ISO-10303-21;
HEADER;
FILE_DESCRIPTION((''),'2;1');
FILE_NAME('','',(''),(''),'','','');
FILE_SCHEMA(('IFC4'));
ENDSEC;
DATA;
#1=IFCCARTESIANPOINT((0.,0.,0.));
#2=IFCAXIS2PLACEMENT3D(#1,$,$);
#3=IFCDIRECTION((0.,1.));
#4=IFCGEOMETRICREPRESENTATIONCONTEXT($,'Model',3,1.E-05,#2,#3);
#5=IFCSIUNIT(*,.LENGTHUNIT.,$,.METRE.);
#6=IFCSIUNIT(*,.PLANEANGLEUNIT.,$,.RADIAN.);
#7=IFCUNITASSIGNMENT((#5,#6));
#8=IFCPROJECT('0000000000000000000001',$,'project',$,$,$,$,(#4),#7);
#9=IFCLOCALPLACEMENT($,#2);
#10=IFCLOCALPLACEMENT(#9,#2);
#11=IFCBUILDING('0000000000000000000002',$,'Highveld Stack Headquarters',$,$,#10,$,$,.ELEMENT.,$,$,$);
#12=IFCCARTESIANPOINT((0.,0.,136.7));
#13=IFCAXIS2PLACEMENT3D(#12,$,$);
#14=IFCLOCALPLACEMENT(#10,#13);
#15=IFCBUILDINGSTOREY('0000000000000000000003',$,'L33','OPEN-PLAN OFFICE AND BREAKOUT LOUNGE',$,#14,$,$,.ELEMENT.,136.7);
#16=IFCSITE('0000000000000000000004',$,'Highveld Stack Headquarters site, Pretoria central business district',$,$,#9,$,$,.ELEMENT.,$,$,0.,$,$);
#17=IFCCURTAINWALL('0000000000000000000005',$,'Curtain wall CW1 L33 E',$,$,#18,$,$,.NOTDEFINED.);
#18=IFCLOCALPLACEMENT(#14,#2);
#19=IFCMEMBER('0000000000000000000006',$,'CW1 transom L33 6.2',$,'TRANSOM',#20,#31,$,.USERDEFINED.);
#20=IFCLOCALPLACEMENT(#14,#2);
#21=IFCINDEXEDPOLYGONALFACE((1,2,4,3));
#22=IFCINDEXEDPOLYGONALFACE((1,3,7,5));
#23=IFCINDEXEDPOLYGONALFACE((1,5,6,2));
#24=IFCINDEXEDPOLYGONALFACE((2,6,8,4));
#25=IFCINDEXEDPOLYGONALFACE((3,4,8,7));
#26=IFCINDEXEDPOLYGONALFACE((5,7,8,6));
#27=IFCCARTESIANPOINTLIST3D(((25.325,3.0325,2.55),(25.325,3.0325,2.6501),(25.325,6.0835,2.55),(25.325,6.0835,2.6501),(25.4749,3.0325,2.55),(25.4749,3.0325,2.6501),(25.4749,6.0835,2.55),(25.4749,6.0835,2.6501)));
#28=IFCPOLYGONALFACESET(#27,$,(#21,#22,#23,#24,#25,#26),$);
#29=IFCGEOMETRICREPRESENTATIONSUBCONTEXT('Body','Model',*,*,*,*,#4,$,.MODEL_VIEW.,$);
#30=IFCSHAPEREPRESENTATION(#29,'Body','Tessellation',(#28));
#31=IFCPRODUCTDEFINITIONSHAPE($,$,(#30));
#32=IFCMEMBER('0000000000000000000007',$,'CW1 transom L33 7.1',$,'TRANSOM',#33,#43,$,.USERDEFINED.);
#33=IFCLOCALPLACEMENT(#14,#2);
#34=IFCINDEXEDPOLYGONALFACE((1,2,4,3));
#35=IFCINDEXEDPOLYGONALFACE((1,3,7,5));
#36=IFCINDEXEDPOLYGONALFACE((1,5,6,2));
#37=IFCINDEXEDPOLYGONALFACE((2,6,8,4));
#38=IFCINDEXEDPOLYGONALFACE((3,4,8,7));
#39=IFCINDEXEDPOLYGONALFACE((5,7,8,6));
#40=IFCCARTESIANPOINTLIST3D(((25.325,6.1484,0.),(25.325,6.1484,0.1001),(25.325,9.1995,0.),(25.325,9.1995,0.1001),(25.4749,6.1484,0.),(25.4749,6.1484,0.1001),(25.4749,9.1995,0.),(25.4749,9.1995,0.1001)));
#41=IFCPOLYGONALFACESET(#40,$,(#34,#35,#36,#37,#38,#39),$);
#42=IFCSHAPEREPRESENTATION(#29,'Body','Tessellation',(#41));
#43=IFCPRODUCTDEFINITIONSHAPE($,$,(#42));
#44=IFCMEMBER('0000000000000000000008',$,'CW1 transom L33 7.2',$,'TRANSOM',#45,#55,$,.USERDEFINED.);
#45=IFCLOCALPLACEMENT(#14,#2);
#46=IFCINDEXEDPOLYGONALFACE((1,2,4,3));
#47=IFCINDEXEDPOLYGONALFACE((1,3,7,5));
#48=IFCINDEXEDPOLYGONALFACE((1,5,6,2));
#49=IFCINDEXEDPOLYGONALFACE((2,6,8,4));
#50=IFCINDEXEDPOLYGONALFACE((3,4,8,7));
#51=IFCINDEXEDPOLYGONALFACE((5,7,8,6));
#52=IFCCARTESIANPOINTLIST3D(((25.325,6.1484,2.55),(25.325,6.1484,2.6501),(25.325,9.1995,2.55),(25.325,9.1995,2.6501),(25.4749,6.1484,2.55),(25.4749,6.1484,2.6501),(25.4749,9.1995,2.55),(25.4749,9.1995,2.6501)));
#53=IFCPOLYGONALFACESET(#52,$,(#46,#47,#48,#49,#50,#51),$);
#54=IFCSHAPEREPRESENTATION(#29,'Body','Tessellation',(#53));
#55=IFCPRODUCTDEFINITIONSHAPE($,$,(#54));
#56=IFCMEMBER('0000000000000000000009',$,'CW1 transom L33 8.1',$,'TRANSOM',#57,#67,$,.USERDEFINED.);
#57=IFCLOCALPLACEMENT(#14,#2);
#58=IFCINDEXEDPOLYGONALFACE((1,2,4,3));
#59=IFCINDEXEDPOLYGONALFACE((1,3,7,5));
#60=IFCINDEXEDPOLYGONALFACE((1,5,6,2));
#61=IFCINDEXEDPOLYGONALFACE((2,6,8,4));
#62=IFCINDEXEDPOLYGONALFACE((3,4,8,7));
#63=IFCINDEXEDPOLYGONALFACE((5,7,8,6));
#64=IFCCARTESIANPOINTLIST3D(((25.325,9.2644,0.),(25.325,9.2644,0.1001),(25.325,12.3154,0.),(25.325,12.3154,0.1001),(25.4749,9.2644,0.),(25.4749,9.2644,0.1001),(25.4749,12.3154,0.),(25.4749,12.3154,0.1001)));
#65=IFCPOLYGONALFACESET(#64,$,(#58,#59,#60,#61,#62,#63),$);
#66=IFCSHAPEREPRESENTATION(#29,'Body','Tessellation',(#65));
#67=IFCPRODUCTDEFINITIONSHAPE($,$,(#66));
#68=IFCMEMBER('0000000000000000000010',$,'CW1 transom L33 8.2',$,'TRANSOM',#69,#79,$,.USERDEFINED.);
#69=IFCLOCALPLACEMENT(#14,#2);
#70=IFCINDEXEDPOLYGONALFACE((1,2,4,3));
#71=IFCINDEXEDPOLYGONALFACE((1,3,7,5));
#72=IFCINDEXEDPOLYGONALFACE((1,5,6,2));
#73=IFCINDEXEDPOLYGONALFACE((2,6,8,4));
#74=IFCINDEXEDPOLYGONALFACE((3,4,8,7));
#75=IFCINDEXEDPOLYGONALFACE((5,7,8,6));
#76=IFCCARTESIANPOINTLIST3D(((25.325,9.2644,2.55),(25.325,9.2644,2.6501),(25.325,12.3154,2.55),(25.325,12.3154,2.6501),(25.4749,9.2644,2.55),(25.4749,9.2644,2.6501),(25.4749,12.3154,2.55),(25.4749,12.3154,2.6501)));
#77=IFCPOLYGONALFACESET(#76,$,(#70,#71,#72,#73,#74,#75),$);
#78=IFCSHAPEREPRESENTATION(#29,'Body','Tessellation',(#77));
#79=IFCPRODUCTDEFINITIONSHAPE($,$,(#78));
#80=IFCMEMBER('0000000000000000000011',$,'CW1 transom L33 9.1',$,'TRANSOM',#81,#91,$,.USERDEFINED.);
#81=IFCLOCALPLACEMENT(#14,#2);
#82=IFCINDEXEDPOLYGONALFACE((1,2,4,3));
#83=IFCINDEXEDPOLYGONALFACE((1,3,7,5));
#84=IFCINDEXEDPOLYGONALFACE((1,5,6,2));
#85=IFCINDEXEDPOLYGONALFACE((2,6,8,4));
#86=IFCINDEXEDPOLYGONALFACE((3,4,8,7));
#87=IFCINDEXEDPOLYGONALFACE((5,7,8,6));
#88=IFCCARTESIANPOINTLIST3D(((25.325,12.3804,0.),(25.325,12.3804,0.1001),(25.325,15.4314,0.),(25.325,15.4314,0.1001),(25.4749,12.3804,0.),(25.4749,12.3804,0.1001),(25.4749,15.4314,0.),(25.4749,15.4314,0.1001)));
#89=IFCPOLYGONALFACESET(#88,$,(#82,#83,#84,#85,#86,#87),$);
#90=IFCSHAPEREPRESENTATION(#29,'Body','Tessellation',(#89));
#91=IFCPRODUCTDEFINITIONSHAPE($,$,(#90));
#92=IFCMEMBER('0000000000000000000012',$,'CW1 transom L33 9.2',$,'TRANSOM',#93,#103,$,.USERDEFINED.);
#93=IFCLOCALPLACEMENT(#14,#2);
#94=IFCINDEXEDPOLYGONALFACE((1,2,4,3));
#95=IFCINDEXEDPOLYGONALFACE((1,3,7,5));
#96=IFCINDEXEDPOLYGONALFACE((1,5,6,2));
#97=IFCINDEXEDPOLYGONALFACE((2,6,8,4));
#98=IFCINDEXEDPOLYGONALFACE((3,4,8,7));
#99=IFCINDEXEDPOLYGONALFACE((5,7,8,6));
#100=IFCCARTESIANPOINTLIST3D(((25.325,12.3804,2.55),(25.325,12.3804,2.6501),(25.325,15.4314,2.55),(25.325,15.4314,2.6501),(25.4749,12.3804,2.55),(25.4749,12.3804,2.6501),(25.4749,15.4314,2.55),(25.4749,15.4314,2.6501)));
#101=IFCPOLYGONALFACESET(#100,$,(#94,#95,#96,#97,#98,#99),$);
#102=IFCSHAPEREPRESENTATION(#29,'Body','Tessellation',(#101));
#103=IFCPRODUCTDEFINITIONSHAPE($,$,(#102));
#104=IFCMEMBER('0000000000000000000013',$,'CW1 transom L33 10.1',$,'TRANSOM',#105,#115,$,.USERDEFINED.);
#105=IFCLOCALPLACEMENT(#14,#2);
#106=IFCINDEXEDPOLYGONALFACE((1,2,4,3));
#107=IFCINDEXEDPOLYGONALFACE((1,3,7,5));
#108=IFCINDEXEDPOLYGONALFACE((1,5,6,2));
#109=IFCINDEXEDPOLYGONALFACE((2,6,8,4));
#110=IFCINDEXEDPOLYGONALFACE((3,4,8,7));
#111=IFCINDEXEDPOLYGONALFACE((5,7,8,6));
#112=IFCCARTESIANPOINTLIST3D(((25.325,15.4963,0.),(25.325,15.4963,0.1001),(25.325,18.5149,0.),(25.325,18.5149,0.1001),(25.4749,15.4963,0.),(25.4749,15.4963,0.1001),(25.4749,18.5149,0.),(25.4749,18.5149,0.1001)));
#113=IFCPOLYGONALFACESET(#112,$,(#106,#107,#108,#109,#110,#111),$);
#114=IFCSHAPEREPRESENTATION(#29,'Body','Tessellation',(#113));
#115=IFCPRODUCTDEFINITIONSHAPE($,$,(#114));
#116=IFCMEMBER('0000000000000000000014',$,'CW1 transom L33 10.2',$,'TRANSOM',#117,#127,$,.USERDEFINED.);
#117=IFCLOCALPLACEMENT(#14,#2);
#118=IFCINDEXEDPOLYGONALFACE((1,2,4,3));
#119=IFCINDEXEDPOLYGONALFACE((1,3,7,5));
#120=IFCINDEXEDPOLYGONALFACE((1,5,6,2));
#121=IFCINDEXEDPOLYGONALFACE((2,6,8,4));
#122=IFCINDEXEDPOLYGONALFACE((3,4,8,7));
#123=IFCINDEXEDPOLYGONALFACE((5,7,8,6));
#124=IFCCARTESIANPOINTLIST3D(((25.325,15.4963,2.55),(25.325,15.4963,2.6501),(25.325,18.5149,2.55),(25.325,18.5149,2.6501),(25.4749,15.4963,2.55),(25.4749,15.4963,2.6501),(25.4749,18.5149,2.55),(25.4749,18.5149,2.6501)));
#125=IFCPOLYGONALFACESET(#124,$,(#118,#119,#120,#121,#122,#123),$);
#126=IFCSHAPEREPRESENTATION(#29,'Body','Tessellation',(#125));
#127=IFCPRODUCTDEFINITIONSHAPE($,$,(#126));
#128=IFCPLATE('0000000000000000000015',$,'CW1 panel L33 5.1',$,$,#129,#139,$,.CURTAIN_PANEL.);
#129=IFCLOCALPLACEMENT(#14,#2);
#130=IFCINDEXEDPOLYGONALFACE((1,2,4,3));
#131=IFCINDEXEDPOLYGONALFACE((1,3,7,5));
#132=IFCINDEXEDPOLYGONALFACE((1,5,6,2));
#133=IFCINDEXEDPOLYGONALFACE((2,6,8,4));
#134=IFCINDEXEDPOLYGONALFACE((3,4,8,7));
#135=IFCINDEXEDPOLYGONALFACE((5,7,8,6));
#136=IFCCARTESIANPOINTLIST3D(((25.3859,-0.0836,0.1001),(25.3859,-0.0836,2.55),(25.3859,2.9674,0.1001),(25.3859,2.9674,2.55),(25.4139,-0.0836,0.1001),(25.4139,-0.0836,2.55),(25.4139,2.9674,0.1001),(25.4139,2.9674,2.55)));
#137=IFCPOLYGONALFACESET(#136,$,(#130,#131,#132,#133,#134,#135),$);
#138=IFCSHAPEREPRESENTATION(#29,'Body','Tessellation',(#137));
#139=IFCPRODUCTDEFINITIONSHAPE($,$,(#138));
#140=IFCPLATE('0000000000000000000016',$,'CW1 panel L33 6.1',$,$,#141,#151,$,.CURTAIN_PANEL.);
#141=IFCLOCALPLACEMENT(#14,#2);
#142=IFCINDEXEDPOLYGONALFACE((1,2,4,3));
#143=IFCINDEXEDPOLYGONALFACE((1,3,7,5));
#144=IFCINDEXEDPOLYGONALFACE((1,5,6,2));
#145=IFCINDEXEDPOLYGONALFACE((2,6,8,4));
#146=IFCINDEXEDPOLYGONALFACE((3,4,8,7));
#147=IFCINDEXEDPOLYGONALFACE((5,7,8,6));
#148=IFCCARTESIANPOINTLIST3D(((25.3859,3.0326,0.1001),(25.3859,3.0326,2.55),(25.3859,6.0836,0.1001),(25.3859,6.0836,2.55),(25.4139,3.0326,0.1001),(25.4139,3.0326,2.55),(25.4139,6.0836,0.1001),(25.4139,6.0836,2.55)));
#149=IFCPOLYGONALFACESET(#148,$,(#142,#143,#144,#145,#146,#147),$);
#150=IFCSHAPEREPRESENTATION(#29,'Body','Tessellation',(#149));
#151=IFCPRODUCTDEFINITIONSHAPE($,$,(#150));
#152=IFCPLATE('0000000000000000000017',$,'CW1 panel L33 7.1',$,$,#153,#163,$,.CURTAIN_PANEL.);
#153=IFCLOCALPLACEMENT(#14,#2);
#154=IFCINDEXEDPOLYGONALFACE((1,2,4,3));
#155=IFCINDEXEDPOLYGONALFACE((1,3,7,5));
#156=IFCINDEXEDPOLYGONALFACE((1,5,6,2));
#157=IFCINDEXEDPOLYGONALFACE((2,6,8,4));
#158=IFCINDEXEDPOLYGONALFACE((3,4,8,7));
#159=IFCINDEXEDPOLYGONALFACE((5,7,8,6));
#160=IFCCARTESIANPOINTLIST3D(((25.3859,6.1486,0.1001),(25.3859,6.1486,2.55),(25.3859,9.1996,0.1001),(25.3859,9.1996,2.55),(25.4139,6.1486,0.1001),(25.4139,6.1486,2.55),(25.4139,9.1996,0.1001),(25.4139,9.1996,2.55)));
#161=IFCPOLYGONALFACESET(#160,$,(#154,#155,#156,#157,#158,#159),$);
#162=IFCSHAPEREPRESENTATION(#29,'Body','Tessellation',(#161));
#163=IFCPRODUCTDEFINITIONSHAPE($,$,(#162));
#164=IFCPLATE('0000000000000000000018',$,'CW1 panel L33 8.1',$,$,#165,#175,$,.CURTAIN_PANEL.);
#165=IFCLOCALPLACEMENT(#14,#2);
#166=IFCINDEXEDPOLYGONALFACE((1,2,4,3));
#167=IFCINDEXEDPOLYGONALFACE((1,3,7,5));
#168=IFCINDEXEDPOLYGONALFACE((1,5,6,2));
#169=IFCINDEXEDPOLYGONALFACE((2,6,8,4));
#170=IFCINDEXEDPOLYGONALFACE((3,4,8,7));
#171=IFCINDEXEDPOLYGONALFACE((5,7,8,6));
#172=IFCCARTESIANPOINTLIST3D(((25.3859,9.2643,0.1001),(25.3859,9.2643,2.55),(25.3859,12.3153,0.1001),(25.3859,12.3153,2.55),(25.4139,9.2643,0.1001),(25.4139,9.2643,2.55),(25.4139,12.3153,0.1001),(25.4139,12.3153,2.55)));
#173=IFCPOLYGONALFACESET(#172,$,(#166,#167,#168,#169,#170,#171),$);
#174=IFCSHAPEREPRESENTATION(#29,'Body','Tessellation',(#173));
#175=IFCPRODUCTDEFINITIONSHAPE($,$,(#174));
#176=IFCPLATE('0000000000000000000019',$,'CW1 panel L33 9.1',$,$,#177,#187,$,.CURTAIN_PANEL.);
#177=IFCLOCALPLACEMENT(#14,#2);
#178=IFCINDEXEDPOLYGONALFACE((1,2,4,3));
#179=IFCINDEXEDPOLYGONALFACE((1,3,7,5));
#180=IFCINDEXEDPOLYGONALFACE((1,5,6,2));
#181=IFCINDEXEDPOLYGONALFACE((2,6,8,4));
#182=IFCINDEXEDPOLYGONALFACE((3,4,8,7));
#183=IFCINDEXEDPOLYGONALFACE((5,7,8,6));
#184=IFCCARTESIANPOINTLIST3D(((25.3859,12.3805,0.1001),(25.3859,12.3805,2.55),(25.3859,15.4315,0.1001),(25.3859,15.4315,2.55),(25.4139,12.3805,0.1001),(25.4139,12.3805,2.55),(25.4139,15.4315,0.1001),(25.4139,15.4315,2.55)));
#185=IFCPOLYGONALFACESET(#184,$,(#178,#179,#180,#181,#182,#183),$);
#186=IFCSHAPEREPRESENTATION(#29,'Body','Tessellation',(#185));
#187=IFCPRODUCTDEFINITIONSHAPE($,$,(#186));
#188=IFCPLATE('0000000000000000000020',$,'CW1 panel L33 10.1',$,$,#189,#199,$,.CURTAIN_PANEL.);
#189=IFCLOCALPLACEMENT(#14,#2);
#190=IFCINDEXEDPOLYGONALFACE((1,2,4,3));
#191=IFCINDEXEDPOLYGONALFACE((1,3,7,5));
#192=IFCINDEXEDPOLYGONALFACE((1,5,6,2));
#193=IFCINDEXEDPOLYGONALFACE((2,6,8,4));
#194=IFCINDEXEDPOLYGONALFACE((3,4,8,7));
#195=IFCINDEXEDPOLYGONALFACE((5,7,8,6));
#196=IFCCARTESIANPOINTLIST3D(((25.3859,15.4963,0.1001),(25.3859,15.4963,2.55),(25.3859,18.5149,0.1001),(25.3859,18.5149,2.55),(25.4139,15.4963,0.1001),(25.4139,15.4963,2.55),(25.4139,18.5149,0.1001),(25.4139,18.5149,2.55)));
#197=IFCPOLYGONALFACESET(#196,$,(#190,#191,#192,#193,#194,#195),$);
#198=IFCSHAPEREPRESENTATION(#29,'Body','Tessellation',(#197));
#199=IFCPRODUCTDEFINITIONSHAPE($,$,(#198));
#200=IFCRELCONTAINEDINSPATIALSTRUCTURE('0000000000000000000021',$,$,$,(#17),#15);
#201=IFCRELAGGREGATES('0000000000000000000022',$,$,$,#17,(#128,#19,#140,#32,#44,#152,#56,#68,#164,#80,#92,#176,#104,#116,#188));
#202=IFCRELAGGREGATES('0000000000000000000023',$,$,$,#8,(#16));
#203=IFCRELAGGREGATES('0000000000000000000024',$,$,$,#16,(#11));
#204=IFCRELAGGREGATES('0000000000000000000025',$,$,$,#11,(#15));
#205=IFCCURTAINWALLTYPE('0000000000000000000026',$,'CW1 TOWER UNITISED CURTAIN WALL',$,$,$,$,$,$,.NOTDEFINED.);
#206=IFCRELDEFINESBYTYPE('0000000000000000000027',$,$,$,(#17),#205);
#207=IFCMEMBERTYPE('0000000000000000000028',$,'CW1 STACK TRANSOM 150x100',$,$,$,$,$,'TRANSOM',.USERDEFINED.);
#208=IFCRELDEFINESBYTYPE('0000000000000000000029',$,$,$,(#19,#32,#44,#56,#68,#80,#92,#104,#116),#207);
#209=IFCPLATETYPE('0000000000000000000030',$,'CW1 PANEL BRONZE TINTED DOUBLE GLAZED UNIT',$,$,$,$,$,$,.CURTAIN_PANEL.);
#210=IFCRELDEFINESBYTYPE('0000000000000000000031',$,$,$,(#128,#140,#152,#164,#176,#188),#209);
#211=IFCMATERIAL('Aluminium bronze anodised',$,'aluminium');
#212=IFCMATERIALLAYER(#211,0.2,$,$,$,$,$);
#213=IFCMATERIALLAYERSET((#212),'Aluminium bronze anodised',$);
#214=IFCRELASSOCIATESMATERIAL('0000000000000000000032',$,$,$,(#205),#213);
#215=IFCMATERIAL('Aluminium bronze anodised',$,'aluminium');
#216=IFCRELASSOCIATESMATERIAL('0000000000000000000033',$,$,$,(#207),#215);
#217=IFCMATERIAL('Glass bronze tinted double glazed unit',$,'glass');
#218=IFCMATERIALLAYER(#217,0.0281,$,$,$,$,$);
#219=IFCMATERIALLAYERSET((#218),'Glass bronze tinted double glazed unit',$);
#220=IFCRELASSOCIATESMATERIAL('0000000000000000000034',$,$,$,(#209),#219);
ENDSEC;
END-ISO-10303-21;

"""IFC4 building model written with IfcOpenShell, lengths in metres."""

from ifc_helpers import new_model, si_unit, direction, frame, origin, origin_2d, place, context, subcontext, project, spatial, rectangle, extrude, material, layer, layer_set, material_profile, profile_set, type_object, element, aggregate, save


model = new_model("IFC4")

# Units and contexts
model_context = context("Model", 3, precision=1e-05, world=origin(), true_north=direction((0.0, 1.0)))
body_context = subcontext(model_context, "Body", "Model", "MODEL_VIEW")
ifc_project = project(units=[si_unit("LENGTHUNIT", "METRE"), si_unit("PLANEANGLEUNIT", "RADIAN")], contexts=[model_context])

# Site, building, storey
site_placement = place(None, origin())
site = spatial("IfcSite", under=ifc_project, at=site_placement, Name="Highveld Stack Headquarters site, Pretoria central business district", CompositionType="ELEMENT", RefElevation=0.0)
building_placement = place(site_placement, origin())
building = spatial("IfcBuilding", under=site, at=building_placement, Name="Highveld Stack Headquarters", CompositionType="ELEMENT")
storey_placement = place(building_placement, frame((0.0, 0.0, 136.7)))
storey = spatial("IfcBuildingStorey", under=building, at=storey_placement, Name="L33", Description="OPEN-PLAN OFFICE AND BREAKOUT LOUNGE", CompositionType="ELEMENT", Elevation=136.7)

# Curtain wall, members, plates
ifc_material_1 = material(Name="Aluminium bronze anodised", Category="aluminium")
ifc_layer_1 = layer(ifc_material_1, 0.2)
ifc_layer_set_1 = layer_set([ifc_layer_1], Name="Aluminium bronze anodised")
curtain_wall_type = type_object("IfcCurtainWallType", Name="CW1 TOWER UNITISED CURTAIN WALL", PredefinedType="NOTDEFINED", material=ifc_layer_set_1)
curtain_wall_placement = place(storey_placement, origin())
curtain_wall = element("IfcCurtainWall", 1, at=curtain_wall_placement, inside=storey, type_object=curtain_wall_type, Name="Curtain wall CW1 L33 E", PredefinedType="NOTDEFINED")
ifc_material_2 = material(Name="Aluminium bronze anodised", Category="aluminium")
ifc_material_profile_1 = material_profile(ifc_material_2, rectangle(XDim=0.1499, YDim=0.1001, at=origin_2d()), Name="CW1 TRANSOM 150x100")
ifc_profile_set_1 = profile_set([ifc_material_profile_1], Name="Aluminium bronze anodised")
member_type_1 = type_object("IfcMemberType", Name="CW1 STACK TRANSOM 150x100", ElementType="TRANSOM", PredefinedType="USERDEFINED", material=ifc_profile_set_1)
member_1_placement = place(storey_placement, frame((25.3999, 3.0325, 2.6001), z_axis=(0.0, 1.0, 0.0), x_axis=(-1.0, 0.0, 0.0)))
member_1 = element("IfcMember", 2, at=member_1_placement, type_object=member_type_1, Name="CW1 transom L33 6.2", ObjectType="TRANSOM", PredefinedType="USERDEFINED", context=body_context, shape_type="SweptSolid", body=[
    extrude(rectangle(XDim=0.1499, YDim=0.1001, at=origin_2d()), origin(), (0.0, 0.0, 1.0), 3.051),
])
member_2_placement = place(storey_placement, frame((25.3999, 6.1484, 0.05), z_axis=(0.0, 1.0, 0.0), x_axis=(-1.0, 0.0, 0.0)))
member_2 = element("IfcMember", 3, at=member_2_placement, type_object=member_type_1, Name="CW1 transom L33 7.1", ObjectType="TRANSOM", PredefinedType="USERDEFINED", context=body_context, shape_type="SweptSolid", body=[
    extrude(rectangle(XDim=0.1499, YDim=0.1001, at=origin_2d()), origin(), (0.0, 0.0, 1.0), 3.051),
])
member_3_placement = place(storey_placement, frame((25.3999, 6.1484, 2.6001), z_axis=(0.0, 1.0, 0.0), x_axis=(-1.0, 0.0, 0.0)))
member_3 = element("IfcMember", 4, at=member_3_placement, type_object=member_type_1, Name="CW1 transom L33 7.2", ObjectType="TRANSOM", PredefinedType="USERDEFINED", context=body_context, shape_type="SweptSolid", body=[
    extrude(rectangle(XDim=0.1499, YDim=0.1001, at=origin_2d()), origin(), (0.0, 0.0, 1.0), 3.051),
])
member_4_placement = place(storey_placement, frame((25.3999, 9.2644, 0.05), z_axis=(0.0, 1.0, 0.0), x_axis=(-1.0, 0.0, 0.0)))
member_4 = element("IfcMember", 5, at=member_4_placement, type_object=member_type_1, Name="CW1 transom L33 8.1", ObjectType="TRANSOM", PredefinedType="USERDEFINED", context=body_context, shape_type="SweptSolid", body=[
    extrude(rectangle(XDim=0.1499, YDim=0.1001, at=origin_2d()), origin(), (0.0, 0.0, 1.0), 3.051),
])
member_5_placement = place(storey_placement, frame((25.3999, 9.2644, 2.6001), z_axis=(0.0, 1.0, 0.0), x_axis=(-1.0, 0.0, 0.0)))
member_5 = element("IfcMember", 6, at=member_5_placement, type_object=member_type_1, Name="CW1 transom L33 8.2", ObjectType="TRANSOM", PredefinedType="USERDEFINED", context=body_context, shape_type="SweptSolid", body=[
    extrude(rectangle(XDim=0.1499, YDim=0.1001, at=origin_2d()), origin(), (0.0, 0.0, 1.0), 3.051),
])
member_6_placement = place(storey_placement, frame((25.3999, 12.3804, 0.05), z_axis=(0.0, 1.0, 0.0), x_axis=(-1.0, 0.0, 0.0)))
member_6 = element("IfcMember", 7, at=member_6_placement, type_object=member_type_1, Name="CW1 transom L33 9.1", ObjectType="TRANSOM", PredefinedType="USERDEFINED", context=body_context, shape_type="SweptSolid", body=[
    extrude(rectangle(XDim=0.1499, YDim=0.1001, at=origin_2d()), origin(), (0.0, 0.0, 1.0), 3.051),
])
member_7_placement = place(storey_placement, frame((25.3999, 12.3804, 2.6001), z_axis=(0.0, 1.0, 0.0), x_axis=(-1.0, 0.0, 0.0)))
member_7 = element("IfcMember", 8, at=member_7_placement, type_object=member_type_1, Name="CW1 transom L33 9.2", ObjectType="TRANSOM", PredefinedType="USERDEFINED", context=body_context, shape_type="SweptSolid", body=[
    extrude(rectangle(XDim=0.1499, YDim=0.1001, at=origin_2d()), origin(), (0.0, 0.0, 1.0), 3.051),
])
member_8_placement = place(storey_placement, frame((25.3999, 15.4963, 0.05), z_axis=(0.0, 1.0, 0.0), x_axis=(-1.0, 0.0, 0.0)))
member_8 = element("IfcMember", 9, at=member_8_placement, type_object=member_type_1, Name="CW1 transom L33 10.1", ObjectType="TRANSOM", PredefinedType="USERDEFINED", context=body_context, shape_type="SweptSolid", body=[
    extrude(rectangle(XDim=0.1499, YDim=0.1001, at=origin_2d()), origin(), (0.0, 0.0, 1.0), 3.0186),
])
member_9_placement = place(storey_placement, frame((25.3999, 15.4963, 2.6001), z_axis=(0.0, 1.0, 0.0), x_axis=(-1.0, 0.0, 0.0)))
member_9 = element("IfcMember", 10, at=member_9_placement, type_object=member_type_1, Name="CW1 transom L33 10.2", ObjectType="TRANSOM", PredefinedType="USERDEFINED", context=body_context, shape_type="SweptSolid", body=[
    extrude(rectangle(XDim=0.1499, YDim=0.1001, at=origin_2d()), origin(), (0.0, 0.0, 1.0), 3.0186),
])
ifc_material_3 = material(Name="Glass bronze tinted double glazed unit", Category="glass")
ifc_layer_2 = layer(ifc_material_3, 0.0281)
ifc_layer_set_2 = layer_set([ifc_layer_2], Name="Glass bronze tinted double glazed unit")
plate_type = type_object("IfcPlateType", Name="CW1 PANEL BRONZE TINTED DOUBLE GLAZED UNIT", PredefinedType="CURTAIN_PANEL", material=ifc_layer_set_2)
plate_1_placement = place(storey_placement, frame((25.3999, 1.4419, 0.1001), z_axis=(0.0, 0.0, 1.0), x_axis=(0.0, 1.0, 0.0)))
plate_1 = element("IfcPlate", 11, at=plate_1_placement, type_object=plate_type, Name="CW1 panel L33 5.1", PredefinedType="CURTAIN_PANEL", context=body_context, shape_type="SweptSolid", body=[
    extrude(rectangle(XDim=3.051, YDim=0.0281, at=origin_2d()), origin(), (0.0, 0.0, 1.0), 2.45),
])
plate_2_placement = place(storey_placement, frame((25.3999, 4.5581, 0.1001), z_axis=(0.0, 0.0, 1.0), x_axis=(0.0, 1.0, 0.0)))
plate_2 = element("IfcPlate", 12, at=plate_2_placement, type_object=plate_type, Name="CW1 panel L33 6.1", PredefinedType="CURTAIN_PANEL", context=body_context, shape_type="SweptSolid", body=[
    extrude(rectangle(XDim=3.051, YDim=0.0281, at=origin_2d()), origin(), (0.0, 0.0, 1.0), 2.45),
])
plate_3_placement = place(storey_placement, frame((25.3999, 7.6741, 0.1001), z_axis=(0.0, 0.0, 1.0), x_axis=(0.0, 1.0, 0.0)))
plate_3 = element("IfcPlate", 13, at=plate_3_placement, type_object=plate_type, Name="CW1 panel L33 7.1", PredefinedType="CURTAIN_PANEL", context=body_context, shape_type="SweptSolid", body=[
    extrude(rectangle(XDim=3.051, YDim=0.0281, at=origin_2d()), origin(), (0.0, 0.0, 1.0), 2.45),
])
plate_4_placement = place(storey_placement, frame((25.3999, 10.7898, 0.1001), z_axis=(0.0, 0.0, 1.0), x_axis=(0.0, 1.0, 0.0)))
plate_4 = element("IfcPlate", 14, at=plate_4_placement, type_object=plate_type, Name="CW1 panel L33 8.1", PredefinedType="CURTAIN_PANEL", context=body_context, shape_type="SweptSolid", body=[
    extrude(rectangle(XDim=3.051, YDim=0.0281, at=origin_2d()), origin(), (0.0, 0.0, 1.0), 2.45),
])
plate_5_placement = place(storey_placement, frame((25.3999, 13.906, 0.1001), z_axis=(0.0, 0.0, 1.0), x_axis=(0.0, 1.0, 0.0)))
plate_5 = element("IfcPlate", 15, at=plate_5_placement, type_object=plate_type, Name="CW1 panel L33 9.1", PredefinedType="CURTAIN_PANEL", context=body_context, shape_type="SweptSolid", body=[
    extrude(rectangle(XDim=3.051, YDim=0.0281, at=origin_2d()), origin(), (0.0, 0.0, 1.0), 2.45),
])
plate_6_placement = place(storey_placement, frame((25.3999, 17.0056, 0.1001), z_axis=(0.0, 0.0, 1.0), x_axis=(0.0, 1.0, 0.0)))
plate_6 = element("IfcPlate", 16, at=plate_6_placement, type_object=plate_type, Name="CW1 panel L33 10.1", PredefinedType="CURTAIN_PANEL", context=body_context, shape_type="SweptSolid", body=[
    extrude(rectangle(XDim=3.0186, YDim=0.0281, at=origin_2d()), origin(), (0.0, 0.0, 1.0), 2.45),
])
aggregate(curtain_wall, [plate_1, member_1, plate_2, member_2, member_3, plate_3, member_4, member_5, plate_4, member_6, member_7, plate_5, member_8, member_9, plate_6])

save(model, "model.ifc")
